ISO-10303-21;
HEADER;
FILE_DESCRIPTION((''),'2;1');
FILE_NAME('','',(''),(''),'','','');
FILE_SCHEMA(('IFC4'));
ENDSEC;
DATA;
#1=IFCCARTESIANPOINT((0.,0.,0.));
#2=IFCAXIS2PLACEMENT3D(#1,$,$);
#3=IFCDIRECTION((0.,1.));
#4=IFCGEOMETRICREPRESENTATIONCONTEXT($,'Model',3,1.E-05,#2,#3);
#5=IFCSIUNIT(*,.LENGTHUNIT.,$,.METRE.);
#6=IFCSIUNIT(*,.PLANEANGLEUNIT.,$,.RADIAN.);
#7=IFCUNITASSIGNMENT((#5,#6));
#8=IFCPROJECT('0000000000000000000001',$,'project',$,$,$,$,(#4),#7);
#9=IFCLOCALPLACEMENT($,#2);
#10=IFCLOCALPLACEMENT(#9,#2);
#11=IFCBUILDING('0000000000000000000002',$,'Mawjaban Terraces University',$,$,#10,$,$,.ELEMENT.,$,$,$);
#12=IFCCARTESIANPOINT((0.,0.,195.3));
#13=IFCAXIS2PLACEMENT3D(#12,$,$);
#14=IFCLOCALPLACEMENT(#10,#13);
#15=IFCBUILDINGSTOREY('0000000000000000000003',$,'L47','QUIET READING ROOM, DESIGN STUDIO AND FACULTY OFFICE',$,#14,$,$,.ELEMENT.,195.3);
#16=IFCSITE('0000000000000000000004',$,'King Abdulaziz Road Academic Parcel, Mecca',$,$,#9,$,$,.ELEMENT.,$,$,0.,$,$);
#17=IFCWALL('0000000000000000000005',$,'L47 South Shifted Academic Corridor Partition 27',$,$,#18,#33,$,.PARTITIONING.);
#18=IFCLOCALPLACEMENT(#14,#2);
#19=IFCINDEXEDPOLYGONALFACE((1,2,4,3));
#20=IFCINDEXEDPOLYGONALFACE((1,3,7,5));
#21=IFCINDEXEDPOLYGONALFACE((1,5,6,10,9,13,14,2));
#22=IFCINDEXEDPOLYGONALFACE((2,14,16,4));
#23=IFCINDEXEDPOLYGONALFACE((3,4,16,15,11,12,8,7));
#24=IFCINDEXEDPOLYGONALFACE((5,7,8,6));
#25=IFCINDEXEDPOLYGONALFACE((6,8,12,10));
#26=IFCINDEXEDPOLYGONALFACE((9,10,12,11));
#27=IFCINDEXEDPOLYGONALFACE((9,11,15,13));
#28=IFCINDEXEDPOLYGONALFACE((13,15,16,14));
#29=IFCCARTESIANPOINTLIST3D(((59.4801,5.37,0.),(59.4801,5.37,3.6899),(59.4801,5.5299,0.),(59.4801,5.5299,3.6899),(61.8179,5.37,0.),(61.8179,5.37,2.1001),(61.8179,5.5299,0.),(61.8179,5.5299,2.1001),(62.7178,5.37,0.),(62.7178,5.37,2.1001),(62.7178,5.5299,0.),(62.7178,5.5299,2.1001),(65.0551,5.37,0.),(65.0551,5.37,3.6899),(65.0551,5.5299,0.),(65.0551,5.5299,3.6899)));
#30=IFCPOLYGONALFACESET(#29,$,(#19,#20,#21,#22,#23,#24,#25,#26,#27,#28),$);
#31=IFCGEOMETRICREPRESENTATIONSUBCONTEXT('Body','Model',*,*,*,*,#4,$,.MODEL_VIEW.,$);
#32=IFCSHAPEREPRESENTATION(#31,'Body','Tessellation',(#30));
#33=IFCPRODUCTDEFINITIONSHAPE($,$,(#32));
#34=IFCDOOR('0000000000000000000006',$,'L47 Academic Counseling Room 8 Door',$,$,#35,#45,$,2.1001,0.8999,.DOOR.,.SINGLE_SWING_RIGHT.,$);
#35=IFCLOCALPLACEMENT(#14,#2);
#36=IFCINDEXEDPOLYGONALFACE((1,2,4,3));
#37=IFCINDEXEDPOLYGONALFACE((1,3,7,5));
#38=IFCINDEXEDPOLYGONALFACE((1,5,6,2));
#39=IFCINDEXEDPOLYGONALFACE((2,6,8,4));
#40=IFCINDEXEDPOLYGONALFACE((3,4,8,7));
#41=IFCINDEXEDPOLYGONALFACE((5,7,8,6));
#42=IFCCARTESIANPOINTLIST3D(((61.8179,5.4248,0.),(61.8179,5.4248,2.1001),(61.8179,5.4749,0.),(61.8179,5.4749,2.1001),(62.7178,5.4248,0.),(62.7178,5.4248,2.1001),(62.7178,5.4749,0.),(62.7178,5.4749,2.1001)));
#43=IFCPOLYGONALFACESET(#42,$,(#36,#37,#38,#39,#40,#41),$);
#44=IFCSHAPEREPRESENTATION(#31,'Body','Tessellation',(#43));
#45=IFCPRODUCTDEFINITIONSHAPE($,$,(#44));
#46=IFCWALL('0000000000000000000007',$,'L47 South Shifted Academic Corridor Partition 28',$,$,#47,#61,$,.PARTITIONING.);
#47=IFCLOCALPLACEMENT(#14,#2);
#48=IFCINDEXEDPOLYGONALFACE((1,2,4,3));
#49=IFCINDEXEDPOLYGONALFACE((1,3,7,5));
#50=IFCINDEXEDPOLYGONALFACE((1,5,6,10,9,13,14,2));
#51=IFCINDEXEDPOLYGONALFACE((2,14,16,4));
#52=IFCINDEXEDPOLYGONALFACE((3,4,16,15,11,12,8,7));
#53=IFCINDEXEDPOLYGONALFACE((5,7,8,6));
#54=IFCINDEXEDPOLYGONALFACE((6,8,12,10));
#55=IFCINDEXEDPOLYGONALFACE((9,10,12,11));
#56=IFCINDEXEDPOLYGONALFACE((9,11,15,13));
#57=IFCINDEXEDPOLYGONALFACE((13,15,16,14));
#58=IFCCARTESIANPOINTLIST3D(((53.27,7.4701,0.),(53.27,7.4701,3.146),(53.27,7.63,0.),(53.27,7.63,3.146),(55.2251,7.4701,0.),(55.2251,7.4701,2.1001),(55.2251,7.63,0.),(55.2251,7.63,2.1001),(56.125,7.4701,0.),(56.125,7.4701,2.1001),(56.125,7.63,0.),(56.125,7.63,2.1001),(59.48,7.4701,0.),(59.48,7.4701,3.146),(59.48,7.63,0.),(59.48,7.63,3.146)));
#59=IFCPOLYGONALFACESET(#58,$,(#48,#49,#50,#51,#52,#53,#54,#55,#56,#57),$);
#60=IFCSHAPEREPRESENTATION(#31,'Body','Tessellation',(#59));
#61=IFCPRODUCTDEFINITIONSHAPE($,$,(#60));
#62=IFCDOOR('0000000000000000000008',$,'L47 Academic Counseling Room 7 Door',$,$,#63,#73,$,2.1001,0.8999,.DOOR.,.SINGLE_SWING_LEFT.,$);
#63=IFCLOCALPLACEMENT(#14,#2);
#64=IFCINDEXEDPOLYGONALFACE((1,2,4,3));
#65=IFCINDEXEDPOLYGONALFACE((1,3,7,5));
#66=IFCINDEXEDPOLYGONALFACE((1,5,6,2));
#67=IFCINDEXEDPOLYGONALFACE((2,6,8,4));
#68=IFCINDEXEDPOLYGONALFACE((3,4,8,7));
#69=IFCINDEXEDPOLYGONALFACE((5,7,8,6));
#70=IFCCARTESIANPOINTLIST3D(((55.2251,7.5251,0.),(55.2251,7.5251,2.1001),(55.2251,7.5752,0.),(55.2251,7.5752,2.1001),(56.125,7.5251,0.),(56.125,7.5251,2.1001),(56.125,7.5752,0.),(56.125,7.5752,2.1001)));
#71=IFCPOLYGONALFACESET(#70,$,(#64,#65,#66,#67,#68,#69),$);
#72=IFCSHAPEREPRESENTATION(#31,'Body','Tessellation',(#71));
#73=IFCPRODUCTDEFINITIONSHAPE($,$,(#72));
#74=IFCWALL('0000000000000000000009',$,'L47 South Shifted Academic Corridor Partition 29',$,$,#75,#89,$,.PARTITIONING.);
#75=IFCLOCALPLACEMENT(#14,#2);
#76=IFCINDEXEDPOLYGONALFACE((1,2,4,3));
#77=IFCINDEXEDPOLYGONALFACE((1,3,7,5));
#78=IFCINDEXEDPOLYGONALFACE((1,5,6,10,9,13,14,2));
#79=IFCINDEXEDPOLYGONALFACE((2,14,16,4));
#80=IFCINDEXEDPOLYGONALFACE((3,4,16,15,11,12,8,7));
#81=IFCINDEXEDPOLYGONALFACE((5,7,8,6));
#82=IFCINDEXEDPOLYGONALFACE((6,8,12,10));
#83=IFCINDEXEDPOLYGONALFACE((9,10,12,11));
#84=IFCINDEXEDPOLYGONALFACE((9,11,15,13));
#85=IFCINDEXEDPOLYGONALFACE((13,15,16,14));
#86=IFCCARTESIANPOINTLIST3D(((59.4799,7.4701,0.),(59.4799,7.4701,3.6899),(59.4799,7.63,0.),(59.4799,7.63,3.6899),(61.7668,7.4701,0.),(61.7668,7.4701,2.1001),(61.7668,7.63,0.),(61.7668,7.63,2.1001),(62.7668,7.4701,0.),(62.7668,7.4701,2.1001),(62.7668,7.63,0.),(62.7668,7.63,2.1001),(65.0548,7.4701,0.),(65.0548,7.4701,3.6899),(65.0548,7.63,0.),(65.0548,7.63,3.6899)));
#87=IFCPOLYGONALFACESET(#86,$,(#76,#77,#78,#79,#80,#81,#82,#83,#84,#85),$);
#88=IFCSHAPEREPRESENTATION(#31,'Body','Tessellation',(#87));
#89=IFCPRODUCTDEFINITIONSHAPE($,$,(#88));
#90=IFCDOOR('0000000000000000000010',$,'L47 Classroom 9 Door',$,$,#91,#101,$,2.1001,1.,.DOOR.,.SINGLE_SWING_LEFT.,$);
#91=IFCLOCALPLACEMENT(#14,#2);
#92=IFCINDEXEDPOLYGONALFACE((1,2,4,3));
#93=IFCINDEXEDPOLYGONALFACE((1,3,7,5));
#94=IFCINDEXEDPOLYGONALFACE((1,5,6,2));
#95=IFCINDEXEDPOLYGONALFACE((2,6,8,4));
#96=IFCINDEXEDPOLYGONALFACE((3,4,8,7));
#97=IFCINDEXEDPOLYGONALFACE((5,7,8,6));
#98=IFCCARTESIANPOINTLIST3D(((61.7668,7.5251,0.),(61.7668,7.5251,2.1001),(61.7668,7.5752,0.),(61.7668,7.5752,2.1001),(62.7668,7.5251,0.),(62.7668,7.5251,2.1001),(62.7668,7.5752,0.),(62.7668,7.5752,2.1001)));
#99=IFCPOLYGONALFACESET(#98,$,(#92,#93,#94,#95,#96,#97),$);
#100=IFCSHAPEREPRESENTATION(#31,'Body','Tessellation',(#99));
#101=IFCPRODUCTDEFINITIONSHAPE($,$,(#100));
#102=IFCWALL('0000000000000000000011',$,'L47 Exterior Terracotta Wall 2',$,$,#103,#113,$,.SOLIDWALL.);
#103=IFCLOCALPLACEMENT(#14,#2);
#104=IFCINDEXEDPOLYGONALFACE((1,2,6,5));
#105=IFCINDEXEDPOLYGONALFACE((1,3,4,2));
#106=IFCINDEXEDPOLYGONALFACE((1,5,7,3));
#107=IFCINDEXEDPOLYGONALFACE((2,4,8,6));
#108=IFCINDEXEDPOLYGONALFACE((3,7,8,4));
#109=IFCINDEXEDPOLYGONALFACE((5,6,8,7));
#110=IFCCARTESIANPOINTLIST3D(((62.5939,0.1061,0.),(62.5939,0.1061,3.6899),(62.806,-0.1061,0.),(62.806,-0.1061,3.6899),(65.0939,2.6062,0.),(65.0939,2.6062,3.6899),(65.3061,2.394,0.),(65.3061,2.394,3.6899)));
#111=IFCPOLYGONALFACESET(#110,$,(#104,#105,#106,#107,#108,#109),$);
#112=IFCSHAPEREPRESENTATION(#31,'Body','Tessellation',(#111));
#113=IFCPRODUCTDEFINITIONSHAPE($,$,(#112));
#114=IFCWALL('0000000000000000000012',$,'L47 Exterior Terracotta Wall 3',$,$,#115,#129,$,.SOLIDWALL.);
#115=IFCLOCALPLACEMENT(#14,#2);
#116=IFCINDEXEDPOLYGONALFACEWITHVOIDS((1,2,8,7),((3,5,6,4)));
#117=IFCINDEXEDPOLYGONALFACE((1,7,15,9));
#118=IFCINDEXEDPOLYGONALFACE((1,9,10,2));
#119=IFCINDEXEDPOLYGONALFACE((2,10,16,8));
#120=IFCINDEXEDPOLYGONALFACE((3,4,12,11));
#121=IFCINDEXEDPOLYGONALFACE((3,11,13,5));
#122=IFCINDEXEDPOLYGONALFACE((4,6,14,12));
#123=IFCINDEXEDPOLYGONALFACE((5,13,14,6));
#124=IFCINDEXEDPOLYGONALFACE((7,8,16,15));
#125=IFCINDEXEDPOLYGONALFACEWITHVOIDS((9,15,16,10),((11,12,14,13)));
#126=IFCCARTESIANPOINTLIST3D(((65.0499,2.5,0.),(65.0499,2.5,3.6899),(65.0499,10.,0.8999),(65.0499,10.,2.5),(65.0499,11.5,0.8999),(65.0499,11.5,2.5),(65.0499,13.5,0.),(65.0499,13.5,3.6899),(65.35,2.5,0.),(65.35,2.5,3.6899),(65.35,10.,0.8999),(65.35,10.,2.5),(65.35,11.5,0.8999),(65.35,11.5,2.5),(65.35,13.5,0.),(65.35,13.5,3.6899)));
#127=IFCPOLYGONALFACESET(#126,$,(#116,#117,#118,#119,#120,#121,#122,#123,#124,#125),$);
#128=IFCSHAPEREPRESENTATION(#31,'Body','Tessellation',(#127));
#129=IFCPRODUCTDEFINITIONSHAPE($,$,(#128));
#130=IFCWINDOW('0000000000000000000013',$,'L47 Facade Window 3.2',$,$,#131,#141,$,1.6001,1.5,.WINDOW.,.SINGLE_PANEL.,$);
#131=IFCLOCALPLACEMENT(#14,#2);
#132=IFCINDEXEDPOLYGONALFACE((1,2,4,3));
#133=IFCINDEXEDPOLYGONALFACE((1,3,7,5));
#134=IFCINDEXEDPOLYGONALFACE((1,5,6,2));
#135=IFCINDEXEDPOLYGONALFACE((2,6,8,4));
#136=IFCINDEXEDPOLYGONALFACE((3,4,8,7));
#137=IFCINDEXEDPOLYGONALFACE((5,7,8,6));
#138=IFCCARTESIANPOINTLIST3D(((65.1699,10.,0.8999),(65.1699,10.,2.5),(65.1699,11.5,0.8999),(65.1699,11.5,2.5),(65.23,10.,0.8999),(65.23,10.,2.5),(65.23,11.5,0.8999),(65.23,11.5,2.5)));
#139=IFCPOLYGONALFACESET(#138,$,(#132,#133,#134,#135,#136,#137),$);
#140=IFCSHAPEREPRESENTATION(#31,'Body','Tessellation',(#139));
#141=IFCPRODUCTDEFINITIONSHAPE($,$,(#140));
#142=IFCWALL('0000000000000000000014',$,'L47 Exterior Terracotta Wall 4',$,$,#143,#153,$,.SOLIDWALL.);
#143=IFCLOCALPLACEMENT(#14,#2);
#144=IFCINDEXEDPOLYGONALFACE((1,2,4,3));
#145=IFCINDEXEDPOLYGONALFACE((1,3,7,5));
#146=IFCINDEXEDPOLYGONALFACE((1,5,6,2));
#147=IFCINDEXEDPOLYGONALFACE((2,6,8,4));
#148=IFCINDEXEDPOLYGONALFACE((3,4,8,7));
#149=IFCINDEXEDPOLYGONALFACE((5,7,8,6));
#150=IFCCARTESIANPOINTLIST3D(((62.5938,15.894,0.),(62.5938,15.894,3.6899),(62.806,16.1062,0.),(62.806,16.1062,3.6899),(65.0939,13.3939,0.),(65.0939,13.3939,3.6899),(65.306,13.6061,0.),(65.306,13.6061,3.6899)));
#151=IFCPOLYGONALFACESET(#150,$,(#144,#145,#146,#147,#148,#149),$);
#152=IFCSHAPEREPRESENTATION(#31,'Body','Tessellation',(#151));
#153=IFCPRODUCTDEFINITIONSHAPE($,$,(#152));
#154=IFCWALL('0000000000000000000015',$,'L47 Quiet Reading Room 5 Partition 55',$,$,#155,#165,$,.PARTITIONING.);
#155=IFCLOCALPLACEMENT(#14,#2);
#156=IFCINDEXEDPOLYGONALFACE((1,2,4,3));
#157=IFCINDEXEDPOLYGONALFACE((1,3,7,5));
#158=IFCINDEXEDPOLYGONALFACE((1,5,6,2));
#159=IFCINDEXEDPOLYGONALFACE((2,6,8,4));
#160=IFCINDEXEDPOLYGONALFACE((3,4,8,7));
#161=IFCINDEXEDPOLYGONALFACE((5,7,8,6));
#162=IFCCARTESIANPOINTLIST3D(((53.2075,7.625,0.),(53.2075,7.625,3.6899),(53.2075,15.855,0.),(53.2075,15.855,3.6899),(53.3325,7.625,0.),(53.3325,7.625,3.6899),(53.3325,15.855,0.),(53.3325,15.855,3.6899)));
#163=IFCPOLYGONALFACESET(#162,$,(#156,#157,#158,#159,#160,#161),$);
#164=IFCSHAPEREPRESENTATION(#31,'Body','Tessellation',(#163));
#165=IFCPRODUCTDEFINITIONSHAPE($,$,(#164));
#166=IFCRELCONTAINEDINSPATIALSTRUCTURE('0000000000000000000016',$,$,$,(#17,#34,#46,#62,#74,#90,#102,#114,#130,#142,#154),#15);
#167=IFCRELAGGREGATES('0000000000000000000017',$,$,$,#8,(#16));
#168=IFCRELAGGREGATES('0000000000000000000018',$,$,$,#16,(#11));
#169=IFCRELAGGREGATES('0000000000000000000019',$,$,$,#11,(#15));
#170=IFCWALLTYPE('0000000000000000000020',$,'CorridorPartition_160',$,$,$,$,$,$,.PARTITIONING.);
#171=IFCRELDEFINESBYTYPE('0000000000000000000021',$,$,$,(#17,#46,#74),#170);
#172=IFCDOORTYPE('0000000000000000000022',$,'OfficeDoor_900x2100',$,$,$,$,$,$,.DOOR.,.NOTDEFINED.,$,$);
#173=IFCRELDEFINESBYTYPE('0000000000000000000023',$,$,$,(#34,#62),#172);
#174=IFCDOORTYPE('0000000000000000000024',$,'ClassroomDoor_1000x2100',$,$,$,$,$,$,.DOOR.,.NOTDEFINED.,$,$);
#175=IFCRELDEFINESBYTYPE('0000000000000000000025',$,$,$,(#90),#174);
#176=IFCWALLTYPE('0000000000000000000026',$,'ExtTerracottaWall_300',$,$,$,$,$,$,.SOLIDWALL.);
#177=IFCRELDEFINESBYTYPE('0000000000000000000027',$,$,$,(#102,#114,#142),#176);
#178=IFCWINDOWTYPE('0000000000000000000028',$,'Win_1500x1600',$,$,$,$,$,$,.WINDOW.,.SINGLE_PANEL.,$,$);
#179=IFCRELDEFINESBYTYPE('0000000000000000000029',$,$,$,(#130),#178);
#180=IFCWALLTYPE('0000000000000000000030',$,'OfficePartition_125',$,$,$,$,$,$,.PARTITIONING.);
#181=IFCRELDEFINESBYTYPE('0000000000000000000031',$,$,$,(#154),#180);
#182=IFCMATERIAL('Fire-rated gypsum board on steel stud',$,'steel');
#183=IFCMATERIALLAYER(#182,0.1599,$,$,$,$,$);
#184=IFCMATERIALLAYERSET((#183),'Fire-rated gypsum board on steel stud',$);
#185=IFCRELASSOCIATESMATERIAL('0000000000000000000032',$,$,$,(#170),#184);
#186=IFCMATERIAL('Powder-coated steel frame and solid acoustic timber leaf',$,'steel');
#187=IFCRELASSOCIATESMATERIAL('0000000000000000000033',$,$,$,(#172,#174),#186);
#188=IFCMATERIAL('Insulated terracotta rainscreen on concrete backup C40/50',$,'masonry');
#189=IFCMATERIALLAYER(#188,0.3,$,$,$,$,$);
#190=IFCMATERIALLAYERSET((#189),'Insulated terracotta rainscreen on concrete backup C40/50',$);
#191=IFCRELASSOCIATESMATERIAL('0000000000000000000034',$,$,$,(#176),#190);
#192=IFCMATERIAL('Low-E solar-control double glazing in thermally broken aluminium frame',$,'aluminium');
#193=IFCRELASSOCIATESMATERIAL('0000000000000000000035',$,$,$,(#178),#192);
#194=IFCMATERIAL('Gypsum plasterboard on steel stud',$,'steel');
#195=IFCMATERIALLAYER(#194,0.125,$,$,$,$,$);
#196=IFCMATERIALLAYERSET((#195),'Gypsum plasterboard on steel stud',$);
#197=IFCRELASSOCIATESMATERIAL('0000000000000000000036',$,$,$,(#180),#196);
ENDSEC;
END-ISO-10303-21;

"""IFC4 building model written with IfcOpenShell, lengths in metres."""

from ifc_helpers import new_model, si_unit, direction, frame, frame_2d, origin, place, context, subcontext, project, spatial, rectangle, extrude, material, layer, layer_set, type_object, element, fill, save


model = new_model("IFC4")

# Units and contexts
model_context = context("Model", 3, precision=1e-05, world=origin(), true_north=direction((0.0, 1.0)))
body_context = subcontext(model_context, "Body", "Model", "MODEL_VIEW")
ifc_project = project(units=[si_unit("LENGTHUNIT", "METRE"), si_unit("PLANEANGLEUNIT", "RADIAN")], contexts=[model_context])

# Site, building, storey
site_placement = place(None, origin())
site = spatial("IfcSite", under=ifc_project, at=site_placement, Name="King Abdulaziz Road Academic Parcel, Mecca", CompositionType="ELEMENT", RefElevation=0.0)
building_placement = place(site_placement, origin())
building = spatial("IfcBuilding", under=site, at=building_placement, Name="Mawjaban Terraces University", CompositionType="ELEMENT")
storey_placement = place(building_placement, frame((0.0, 0.0, 195.3)))
storey = spatial("IfcBuildingStorey", under=building, at=storey_placement, Name="L47", Description="QUIET READING ROOM, DESIGN STUDIO AND FACULTY OFFICE", CompositionType="ELEMENT", Elevation=195.3)

# Walls, openings, doors
ifc_material_1 = material(Name="Fire-rated gypsum board on steel stud", Category="steel")
ifc_layer_1 = layer(ifc_material_1, 0.1599)
ifc_layer_set_1 = layer_set([ifc_layer_1], Name="Fire-rated gypsum board on steel stud")
wall_type_1 = type_object("IfcWallType", Name="CorridorPartition_160", PredefinedType="PARTITIONING", material=ifc_layer_set_1)
ifc_material_2 = material(Name="Powder-coated steel frame and solid acoustic timber leaf", Category="steel")
door_type_1 = type_object("IfcDoorType", Name="OfficeDoor_900x2100", OperationType="NOTDEFINED", PredefinedType="DOOR", material=ifc_material_2)
wall_1_placement = place(storey_placement, frame((59.48, 5.45, 0.0), z_axis=(0.0, 0.0, 1.0), x_axis=(1.0, 0.0, 0.0)))
wall_1 = element("IfcWall", 1, at=wall_1_placement, inside=storey, type_object=wall_type_1, Name="L47 South Shifted Academic Corridor Partition 27", PredefinedType="PARTITIONING", context=body_context, shape_type="SweptSolid", body=[
    extrude(rectangle(XDim=5.575, YDim=0.1599, at=frame_2d((2.7876, 0.0))), origin(), (0.0, 0.0, 1.0), 3.6899),
])
opening_1_placement = place(wall_1_placement, frame((2.3379, 0.0, 0.0)))
opening_1 = element("IfcOpeningElement", 2, at=opening_1_placement, cuts=wall_1, PredefinedType="OPENING", context=body_context, shape_type="SweptSolid", body=[
    extrude(rectangle(XDim=0.8999, YDim=2.1001, at=frame_2d((0.45, 1.05))), frame((0.0, 0.0898, 0.0), z_axis=(0.0, -1.0, 0.0), x_axis=(1.0, 0.0, 0.0)), (0.0, 0.0, 1.0), 0.1799),
])
door_1_placement = place(opening_1_placement, origin())
door_1 = element("IfcDoor", 3, at=door_1_placement, inside=storey, type_object=door_type_1, Name="L47 Academic Counseling Room 8 Door", OperationType="SINGLE_SWING_RIGHT", OverallHeight=2.1001, OverallWidth=0.8999, PredefinedType="DOOR", context=body_context, shape_type="SweptSolid", body=[
    extrude(rectangle(XDim=0.8999, YDim=2.1001, at=frame_2d((0.45, 1.05))), frame((0.0, 0.0249, 0.0), z_axis=(0.0, -1.0, 0.0), x_axis=(1.0, 0.0, 0.0)), (0.0, 0.0, 1.0), 0.05),
])
fill(opening_1, door_1)
wall_2_placement = place(storey_placement, frame((59.48, 7.55, 0.0), z_axis=(0.0, 0.0, 1.0), x_axis=(-1.0, 0.0, 0.0)))
wall_2 = element("IfcWall", 4, at=wall_2_placement, inside=storey, type_object=wall_type_1, Name="L47 South Shifted Academic Corridor Partition 28", PredefinedType="PARTITIONING", context=body_context, shape_type="SweptSolid", body=[
    extrude(rectangle(XDim=6.21, YDim=0.1599, at=frame_2d((3.105, 0.0))), origin(), (0.0, 0.0, 1.0), 3.146),
])
opening_2_placement = place(wall_2_placement, frame((3.355, 0.0, 0.0)))
opening_2 = element("IfcOpeningElement", 5, at=opening_2_placement, cuts=wall_2, PredefinedType="OPENING", context=body_context, shape_type="SweptSolid", body=[
    extrude(rectangle(XDim=0.8999, YDim=2.1001, at=frame_2d((0.45, 1.05))), frame((0.0, 0.0898, 0.0), z_axis=(0.0, -1.0, 0.0), x_axis=(1.0, 0.0, 0.0)), (0.0, 0.0, 1.0), 0.1799),
])
door_2_placement = place(opening_2_placement, origin())
door_2 = element("IfcDoor", 6, at=door_2_placement, inside=storey, type_object=door_type_1, Name="L47 Academic Counseling Room 7 Door", OperationType="SINGLE_SWING_LEFT", OverallHeight=2.1001, OverallWidth=0.8999, PredefinedType="DOOR", context=body_context, shape_type="SweptSolid", body=[
    extrude(rectangle(XDim=0.8999, YDim=2.1001, at=frame_2d((0.45, 1.05))), frame((0.0, 0.0249, 0.0), z_axis=(0.0, -1.0, 0.0), x_axis=(1.0, 0.0, 0.0)), (0.0, 0.0, 1.0), 0.05),
])
fill(opening_2, door_2)
wall_3_placement = place(storey_placement, frame((65.0549, 7.55, 0.0), z_axis=(0.0, 0.0, 1.0), x_axis=(-1.0, 0.0, 0.0)))
wall_3 = element("IfcWall", 7, at=wall_3_placement, inside=storey, type_object=wall_type_1, Name="L47 South Shifted Academic Corridor Partition 29", PredefinedType="PARTITIONING", context=body_context, shape_type="SweptSolid", body=[
    extrude(rectangle(XDim=5.575, YDim=0.1599, at=frame_2d((2.7876, 0.0))), origin(), (0.0, 0.0, 1.0), 3.6899),
])
opening_3_placement = place(wall_3_placement, frame((2.2881, 0.0, 0.0)))
opening_3 = element("IfcOpeningElement", 8, at=opening_3_placement, cuts=wall_3, PredefinedType="OPENING", context=body_context, shape_type="SweptSolid", body=[
    extrude(rectangle(XDim=1.0, YDim=2.1001, at=frame_2d((0.5, 1.05))), frame((0.0, 0.0898, 0.0), z_axis=(0.0, -1.0, 0.0), x_axis=(1.0, 0.0, 0.0)), (0.0, 0.0, 1.0), 0.1799),
])
door_type_2 = type_object("IfcDoorType", Name="ClassroomDoor_1000x2100", OperationType="NOTDEFINED", PredefinedType="DOOR", material=ifc_material_2)
door_3_placement = place(opening_3_placement, origin())
door_3 = element("IfcDoor", 9, at=door_3_placement, inside=storey, type_object=door_type_2, Name="L47 Classroom 9 Door", OperationType="SINGLE_SWING_LEFT", OverallHeight=2.1001, OverallWidth=1.0, PredefinedType="DOOR", context=body_context, shape_type="SweptSolid", body=[
    extrude(rectangle(XDim=1.0, YDim=2.1001, at=frame_2d((0.5, 1.05))), frame((0.0, 0.0249, 0.0), z_axis=(0.0, -1.0, 0.0), x_axis=(1.0, 0.0, 0.0)), (0.0, 0.0, 1.0), 0.05),
])
fill(opening_3, door_3)

# Wall
ifc_material_3 = material(Name="Insulated terracotta rainscreen on concrete backup C40/50", Category="masonry")
ifc_layer_2 = layer(ifc_material_3, 0.3)
ifc_layer_set_2 = layer_set([ifc_layer_2], Name="Insulated terracotta rainscreen on concrete backup C40/50")
wall_type_2 = type_object("IfcWallType", Name="ExtTerracottaWall_300", PredefinedType="SOLIDWALL", material=ifc_layer_set_2)
wall_4_placement = place(storey_placement, frame((62.7, 0.0, 0.0), z_axis=(0.0, 0.0, 1.0), x_axis=(0.707107, 0.707107, 0.0)))
element("IfcWall", 10, at=wall_4_placement, inside=storey, type_object=wall_type_2, Name="L47 Exterior Terracotta Wall 2", PredefinedType="SOLIDWALL", context=body_context, shape_type="SweptSolid", body=[
    extrude(rectangle(XDim=3.5356, YDim=0.3, at=frame_2d((1.7678, 0.0))), origin(), (0.0, 0.0, 1.0), 3.6899),
])

# Wall, opening, window
wall_5_placement = place(storey_placement, frame((65.2, 2.5, 0.0), z_axis=(0.0, 0.0, 1.0), x_axis=(0.0, 1.0, 0.0)))
wall_5 = element("IfcWall", 11, at=wall_5_placement, inside=storey, type_object=wall_type_2, Name="L47 Exterior Terracotta Wall 3", PredefinedType="SOLIDWALL", context=body_context, shape_type="SweptSolid", body=[
    extrude(rectangle(XDim=11.0, YDim=0.3, at=frame_2d((5.5, 0.0))), origin(), (0.0, 0.0, 1.0), 3.6899),
])
opening_4_placement = place(wall_5_placement, frame((7.5, 0.0, 0.8999)))
opening_4 = element("IfcOpeningElement", 12, at=opening_4_placement, cuts=wall_5, PredefinedType="OPENING", context=body_context, shape_type="SweptSolid", body=[
    extrude(rectangle(XDim=1.5, YDim=1.6001, at=frame_2d((0.75, 0.8))), frame((0.0, 0.1599, 0.0), z_axis=(0.0, -1.0, 0.0), x_axis=(1.0, 0.0, 0.0)), (0.0, 0.0, 1.0), 0.3201),
])
ifc_material_4 = material(Name="Low-E solar-control double glazing in thermally broken aluminium frame", Category="aluminium")
window_type = type_object("IfcWindowType", Name="Win_1500x1600", PartitioningType="SINGLE_PANEL", PredefinedType="WINDOW", material=ifc_material_4)
window_placement = place(opening_4_placement, origin())
window = element("IfcWindow", 13, at=window_placement, inside=storey, type_object=window_type, Name="L47 Facade Window 3.2", OverallHeight=1.6001, OverallWidth=1.5, PartitioningType="SINGLE_PANEL", PredefinedType="WINDOW", context=body_context, shape_type="SweptSolid", body=[
    extrude(rectangle(XDim=1.5, YDim=1.6001, at=frame_2d((0.75, 0.8))), frame((0.0, 0.03, 0.0), z_axis=(0.0, -1.0, 0.0), x_axis=(1.0, 0.0, 0.0)), (0.0, 0.0, 1.0), 0.0601),
])
fill(opening_4, window)

# Walls
wall_6_placement = place(storey_placement, frame((65.2, 13.5, 0.0), z_axis=(0.0, 0.0, 1.0), x_axis=(-0.707107, 0.707107, 0.0)))
element("IfcWall", 14, at=wall_6_placement, inside=storey, type_object=wall_type_2, Name="L47 Exterior Terracotta Wall 4", PredefinedType="SOLIDWALL", context=body_context, shape_type="SweptSolid", body=[
    extrude(rectangle(XDim=3.5356, YDim=0.3, at=frame_2d((1.7678, 0.0))), origin(), (0.0, 0.0, 1.0), 3.6899),
])
ifc_material_5 = material(Name="Gypsum plasterboard on steel stud", Category="steel")
ifc_layer_3 = layer(ifc_material_5, 0.125)
ifc_layer_set_3 = layer_set([ifc_layer_3], Name="Gypsum plasterboard on steel stud")
wall_type_3 = type_object("IfcWallType", Name="OfficePartition_125", PredefinedType="PARTITIONING", material=ifc_layer_set_3)
wall_7_placement = place(storey_placement, frame((53.27, 7.625, 0.0), z_axis=(0.0, 0.0, 1.0), x_axis=(0.0, 1.0, 0.0)))
element("IfcWall", 15, at=wall_7_placement, inside=storey, type_object=wall_type_3, Name="L47 Quiet Reading Room 5 Partition 55", PredefinedType="PARTITIONING", context=body_context, shape_type="SweptSolid", body=[
    extrude(rectangle(XDim=8.23, YDim=0.125, at=frame_2d((4.115, 0.0))), origin(), (0.0, 0.0, 1.0), 3.6899),
])

save(model, "model.ifc")
